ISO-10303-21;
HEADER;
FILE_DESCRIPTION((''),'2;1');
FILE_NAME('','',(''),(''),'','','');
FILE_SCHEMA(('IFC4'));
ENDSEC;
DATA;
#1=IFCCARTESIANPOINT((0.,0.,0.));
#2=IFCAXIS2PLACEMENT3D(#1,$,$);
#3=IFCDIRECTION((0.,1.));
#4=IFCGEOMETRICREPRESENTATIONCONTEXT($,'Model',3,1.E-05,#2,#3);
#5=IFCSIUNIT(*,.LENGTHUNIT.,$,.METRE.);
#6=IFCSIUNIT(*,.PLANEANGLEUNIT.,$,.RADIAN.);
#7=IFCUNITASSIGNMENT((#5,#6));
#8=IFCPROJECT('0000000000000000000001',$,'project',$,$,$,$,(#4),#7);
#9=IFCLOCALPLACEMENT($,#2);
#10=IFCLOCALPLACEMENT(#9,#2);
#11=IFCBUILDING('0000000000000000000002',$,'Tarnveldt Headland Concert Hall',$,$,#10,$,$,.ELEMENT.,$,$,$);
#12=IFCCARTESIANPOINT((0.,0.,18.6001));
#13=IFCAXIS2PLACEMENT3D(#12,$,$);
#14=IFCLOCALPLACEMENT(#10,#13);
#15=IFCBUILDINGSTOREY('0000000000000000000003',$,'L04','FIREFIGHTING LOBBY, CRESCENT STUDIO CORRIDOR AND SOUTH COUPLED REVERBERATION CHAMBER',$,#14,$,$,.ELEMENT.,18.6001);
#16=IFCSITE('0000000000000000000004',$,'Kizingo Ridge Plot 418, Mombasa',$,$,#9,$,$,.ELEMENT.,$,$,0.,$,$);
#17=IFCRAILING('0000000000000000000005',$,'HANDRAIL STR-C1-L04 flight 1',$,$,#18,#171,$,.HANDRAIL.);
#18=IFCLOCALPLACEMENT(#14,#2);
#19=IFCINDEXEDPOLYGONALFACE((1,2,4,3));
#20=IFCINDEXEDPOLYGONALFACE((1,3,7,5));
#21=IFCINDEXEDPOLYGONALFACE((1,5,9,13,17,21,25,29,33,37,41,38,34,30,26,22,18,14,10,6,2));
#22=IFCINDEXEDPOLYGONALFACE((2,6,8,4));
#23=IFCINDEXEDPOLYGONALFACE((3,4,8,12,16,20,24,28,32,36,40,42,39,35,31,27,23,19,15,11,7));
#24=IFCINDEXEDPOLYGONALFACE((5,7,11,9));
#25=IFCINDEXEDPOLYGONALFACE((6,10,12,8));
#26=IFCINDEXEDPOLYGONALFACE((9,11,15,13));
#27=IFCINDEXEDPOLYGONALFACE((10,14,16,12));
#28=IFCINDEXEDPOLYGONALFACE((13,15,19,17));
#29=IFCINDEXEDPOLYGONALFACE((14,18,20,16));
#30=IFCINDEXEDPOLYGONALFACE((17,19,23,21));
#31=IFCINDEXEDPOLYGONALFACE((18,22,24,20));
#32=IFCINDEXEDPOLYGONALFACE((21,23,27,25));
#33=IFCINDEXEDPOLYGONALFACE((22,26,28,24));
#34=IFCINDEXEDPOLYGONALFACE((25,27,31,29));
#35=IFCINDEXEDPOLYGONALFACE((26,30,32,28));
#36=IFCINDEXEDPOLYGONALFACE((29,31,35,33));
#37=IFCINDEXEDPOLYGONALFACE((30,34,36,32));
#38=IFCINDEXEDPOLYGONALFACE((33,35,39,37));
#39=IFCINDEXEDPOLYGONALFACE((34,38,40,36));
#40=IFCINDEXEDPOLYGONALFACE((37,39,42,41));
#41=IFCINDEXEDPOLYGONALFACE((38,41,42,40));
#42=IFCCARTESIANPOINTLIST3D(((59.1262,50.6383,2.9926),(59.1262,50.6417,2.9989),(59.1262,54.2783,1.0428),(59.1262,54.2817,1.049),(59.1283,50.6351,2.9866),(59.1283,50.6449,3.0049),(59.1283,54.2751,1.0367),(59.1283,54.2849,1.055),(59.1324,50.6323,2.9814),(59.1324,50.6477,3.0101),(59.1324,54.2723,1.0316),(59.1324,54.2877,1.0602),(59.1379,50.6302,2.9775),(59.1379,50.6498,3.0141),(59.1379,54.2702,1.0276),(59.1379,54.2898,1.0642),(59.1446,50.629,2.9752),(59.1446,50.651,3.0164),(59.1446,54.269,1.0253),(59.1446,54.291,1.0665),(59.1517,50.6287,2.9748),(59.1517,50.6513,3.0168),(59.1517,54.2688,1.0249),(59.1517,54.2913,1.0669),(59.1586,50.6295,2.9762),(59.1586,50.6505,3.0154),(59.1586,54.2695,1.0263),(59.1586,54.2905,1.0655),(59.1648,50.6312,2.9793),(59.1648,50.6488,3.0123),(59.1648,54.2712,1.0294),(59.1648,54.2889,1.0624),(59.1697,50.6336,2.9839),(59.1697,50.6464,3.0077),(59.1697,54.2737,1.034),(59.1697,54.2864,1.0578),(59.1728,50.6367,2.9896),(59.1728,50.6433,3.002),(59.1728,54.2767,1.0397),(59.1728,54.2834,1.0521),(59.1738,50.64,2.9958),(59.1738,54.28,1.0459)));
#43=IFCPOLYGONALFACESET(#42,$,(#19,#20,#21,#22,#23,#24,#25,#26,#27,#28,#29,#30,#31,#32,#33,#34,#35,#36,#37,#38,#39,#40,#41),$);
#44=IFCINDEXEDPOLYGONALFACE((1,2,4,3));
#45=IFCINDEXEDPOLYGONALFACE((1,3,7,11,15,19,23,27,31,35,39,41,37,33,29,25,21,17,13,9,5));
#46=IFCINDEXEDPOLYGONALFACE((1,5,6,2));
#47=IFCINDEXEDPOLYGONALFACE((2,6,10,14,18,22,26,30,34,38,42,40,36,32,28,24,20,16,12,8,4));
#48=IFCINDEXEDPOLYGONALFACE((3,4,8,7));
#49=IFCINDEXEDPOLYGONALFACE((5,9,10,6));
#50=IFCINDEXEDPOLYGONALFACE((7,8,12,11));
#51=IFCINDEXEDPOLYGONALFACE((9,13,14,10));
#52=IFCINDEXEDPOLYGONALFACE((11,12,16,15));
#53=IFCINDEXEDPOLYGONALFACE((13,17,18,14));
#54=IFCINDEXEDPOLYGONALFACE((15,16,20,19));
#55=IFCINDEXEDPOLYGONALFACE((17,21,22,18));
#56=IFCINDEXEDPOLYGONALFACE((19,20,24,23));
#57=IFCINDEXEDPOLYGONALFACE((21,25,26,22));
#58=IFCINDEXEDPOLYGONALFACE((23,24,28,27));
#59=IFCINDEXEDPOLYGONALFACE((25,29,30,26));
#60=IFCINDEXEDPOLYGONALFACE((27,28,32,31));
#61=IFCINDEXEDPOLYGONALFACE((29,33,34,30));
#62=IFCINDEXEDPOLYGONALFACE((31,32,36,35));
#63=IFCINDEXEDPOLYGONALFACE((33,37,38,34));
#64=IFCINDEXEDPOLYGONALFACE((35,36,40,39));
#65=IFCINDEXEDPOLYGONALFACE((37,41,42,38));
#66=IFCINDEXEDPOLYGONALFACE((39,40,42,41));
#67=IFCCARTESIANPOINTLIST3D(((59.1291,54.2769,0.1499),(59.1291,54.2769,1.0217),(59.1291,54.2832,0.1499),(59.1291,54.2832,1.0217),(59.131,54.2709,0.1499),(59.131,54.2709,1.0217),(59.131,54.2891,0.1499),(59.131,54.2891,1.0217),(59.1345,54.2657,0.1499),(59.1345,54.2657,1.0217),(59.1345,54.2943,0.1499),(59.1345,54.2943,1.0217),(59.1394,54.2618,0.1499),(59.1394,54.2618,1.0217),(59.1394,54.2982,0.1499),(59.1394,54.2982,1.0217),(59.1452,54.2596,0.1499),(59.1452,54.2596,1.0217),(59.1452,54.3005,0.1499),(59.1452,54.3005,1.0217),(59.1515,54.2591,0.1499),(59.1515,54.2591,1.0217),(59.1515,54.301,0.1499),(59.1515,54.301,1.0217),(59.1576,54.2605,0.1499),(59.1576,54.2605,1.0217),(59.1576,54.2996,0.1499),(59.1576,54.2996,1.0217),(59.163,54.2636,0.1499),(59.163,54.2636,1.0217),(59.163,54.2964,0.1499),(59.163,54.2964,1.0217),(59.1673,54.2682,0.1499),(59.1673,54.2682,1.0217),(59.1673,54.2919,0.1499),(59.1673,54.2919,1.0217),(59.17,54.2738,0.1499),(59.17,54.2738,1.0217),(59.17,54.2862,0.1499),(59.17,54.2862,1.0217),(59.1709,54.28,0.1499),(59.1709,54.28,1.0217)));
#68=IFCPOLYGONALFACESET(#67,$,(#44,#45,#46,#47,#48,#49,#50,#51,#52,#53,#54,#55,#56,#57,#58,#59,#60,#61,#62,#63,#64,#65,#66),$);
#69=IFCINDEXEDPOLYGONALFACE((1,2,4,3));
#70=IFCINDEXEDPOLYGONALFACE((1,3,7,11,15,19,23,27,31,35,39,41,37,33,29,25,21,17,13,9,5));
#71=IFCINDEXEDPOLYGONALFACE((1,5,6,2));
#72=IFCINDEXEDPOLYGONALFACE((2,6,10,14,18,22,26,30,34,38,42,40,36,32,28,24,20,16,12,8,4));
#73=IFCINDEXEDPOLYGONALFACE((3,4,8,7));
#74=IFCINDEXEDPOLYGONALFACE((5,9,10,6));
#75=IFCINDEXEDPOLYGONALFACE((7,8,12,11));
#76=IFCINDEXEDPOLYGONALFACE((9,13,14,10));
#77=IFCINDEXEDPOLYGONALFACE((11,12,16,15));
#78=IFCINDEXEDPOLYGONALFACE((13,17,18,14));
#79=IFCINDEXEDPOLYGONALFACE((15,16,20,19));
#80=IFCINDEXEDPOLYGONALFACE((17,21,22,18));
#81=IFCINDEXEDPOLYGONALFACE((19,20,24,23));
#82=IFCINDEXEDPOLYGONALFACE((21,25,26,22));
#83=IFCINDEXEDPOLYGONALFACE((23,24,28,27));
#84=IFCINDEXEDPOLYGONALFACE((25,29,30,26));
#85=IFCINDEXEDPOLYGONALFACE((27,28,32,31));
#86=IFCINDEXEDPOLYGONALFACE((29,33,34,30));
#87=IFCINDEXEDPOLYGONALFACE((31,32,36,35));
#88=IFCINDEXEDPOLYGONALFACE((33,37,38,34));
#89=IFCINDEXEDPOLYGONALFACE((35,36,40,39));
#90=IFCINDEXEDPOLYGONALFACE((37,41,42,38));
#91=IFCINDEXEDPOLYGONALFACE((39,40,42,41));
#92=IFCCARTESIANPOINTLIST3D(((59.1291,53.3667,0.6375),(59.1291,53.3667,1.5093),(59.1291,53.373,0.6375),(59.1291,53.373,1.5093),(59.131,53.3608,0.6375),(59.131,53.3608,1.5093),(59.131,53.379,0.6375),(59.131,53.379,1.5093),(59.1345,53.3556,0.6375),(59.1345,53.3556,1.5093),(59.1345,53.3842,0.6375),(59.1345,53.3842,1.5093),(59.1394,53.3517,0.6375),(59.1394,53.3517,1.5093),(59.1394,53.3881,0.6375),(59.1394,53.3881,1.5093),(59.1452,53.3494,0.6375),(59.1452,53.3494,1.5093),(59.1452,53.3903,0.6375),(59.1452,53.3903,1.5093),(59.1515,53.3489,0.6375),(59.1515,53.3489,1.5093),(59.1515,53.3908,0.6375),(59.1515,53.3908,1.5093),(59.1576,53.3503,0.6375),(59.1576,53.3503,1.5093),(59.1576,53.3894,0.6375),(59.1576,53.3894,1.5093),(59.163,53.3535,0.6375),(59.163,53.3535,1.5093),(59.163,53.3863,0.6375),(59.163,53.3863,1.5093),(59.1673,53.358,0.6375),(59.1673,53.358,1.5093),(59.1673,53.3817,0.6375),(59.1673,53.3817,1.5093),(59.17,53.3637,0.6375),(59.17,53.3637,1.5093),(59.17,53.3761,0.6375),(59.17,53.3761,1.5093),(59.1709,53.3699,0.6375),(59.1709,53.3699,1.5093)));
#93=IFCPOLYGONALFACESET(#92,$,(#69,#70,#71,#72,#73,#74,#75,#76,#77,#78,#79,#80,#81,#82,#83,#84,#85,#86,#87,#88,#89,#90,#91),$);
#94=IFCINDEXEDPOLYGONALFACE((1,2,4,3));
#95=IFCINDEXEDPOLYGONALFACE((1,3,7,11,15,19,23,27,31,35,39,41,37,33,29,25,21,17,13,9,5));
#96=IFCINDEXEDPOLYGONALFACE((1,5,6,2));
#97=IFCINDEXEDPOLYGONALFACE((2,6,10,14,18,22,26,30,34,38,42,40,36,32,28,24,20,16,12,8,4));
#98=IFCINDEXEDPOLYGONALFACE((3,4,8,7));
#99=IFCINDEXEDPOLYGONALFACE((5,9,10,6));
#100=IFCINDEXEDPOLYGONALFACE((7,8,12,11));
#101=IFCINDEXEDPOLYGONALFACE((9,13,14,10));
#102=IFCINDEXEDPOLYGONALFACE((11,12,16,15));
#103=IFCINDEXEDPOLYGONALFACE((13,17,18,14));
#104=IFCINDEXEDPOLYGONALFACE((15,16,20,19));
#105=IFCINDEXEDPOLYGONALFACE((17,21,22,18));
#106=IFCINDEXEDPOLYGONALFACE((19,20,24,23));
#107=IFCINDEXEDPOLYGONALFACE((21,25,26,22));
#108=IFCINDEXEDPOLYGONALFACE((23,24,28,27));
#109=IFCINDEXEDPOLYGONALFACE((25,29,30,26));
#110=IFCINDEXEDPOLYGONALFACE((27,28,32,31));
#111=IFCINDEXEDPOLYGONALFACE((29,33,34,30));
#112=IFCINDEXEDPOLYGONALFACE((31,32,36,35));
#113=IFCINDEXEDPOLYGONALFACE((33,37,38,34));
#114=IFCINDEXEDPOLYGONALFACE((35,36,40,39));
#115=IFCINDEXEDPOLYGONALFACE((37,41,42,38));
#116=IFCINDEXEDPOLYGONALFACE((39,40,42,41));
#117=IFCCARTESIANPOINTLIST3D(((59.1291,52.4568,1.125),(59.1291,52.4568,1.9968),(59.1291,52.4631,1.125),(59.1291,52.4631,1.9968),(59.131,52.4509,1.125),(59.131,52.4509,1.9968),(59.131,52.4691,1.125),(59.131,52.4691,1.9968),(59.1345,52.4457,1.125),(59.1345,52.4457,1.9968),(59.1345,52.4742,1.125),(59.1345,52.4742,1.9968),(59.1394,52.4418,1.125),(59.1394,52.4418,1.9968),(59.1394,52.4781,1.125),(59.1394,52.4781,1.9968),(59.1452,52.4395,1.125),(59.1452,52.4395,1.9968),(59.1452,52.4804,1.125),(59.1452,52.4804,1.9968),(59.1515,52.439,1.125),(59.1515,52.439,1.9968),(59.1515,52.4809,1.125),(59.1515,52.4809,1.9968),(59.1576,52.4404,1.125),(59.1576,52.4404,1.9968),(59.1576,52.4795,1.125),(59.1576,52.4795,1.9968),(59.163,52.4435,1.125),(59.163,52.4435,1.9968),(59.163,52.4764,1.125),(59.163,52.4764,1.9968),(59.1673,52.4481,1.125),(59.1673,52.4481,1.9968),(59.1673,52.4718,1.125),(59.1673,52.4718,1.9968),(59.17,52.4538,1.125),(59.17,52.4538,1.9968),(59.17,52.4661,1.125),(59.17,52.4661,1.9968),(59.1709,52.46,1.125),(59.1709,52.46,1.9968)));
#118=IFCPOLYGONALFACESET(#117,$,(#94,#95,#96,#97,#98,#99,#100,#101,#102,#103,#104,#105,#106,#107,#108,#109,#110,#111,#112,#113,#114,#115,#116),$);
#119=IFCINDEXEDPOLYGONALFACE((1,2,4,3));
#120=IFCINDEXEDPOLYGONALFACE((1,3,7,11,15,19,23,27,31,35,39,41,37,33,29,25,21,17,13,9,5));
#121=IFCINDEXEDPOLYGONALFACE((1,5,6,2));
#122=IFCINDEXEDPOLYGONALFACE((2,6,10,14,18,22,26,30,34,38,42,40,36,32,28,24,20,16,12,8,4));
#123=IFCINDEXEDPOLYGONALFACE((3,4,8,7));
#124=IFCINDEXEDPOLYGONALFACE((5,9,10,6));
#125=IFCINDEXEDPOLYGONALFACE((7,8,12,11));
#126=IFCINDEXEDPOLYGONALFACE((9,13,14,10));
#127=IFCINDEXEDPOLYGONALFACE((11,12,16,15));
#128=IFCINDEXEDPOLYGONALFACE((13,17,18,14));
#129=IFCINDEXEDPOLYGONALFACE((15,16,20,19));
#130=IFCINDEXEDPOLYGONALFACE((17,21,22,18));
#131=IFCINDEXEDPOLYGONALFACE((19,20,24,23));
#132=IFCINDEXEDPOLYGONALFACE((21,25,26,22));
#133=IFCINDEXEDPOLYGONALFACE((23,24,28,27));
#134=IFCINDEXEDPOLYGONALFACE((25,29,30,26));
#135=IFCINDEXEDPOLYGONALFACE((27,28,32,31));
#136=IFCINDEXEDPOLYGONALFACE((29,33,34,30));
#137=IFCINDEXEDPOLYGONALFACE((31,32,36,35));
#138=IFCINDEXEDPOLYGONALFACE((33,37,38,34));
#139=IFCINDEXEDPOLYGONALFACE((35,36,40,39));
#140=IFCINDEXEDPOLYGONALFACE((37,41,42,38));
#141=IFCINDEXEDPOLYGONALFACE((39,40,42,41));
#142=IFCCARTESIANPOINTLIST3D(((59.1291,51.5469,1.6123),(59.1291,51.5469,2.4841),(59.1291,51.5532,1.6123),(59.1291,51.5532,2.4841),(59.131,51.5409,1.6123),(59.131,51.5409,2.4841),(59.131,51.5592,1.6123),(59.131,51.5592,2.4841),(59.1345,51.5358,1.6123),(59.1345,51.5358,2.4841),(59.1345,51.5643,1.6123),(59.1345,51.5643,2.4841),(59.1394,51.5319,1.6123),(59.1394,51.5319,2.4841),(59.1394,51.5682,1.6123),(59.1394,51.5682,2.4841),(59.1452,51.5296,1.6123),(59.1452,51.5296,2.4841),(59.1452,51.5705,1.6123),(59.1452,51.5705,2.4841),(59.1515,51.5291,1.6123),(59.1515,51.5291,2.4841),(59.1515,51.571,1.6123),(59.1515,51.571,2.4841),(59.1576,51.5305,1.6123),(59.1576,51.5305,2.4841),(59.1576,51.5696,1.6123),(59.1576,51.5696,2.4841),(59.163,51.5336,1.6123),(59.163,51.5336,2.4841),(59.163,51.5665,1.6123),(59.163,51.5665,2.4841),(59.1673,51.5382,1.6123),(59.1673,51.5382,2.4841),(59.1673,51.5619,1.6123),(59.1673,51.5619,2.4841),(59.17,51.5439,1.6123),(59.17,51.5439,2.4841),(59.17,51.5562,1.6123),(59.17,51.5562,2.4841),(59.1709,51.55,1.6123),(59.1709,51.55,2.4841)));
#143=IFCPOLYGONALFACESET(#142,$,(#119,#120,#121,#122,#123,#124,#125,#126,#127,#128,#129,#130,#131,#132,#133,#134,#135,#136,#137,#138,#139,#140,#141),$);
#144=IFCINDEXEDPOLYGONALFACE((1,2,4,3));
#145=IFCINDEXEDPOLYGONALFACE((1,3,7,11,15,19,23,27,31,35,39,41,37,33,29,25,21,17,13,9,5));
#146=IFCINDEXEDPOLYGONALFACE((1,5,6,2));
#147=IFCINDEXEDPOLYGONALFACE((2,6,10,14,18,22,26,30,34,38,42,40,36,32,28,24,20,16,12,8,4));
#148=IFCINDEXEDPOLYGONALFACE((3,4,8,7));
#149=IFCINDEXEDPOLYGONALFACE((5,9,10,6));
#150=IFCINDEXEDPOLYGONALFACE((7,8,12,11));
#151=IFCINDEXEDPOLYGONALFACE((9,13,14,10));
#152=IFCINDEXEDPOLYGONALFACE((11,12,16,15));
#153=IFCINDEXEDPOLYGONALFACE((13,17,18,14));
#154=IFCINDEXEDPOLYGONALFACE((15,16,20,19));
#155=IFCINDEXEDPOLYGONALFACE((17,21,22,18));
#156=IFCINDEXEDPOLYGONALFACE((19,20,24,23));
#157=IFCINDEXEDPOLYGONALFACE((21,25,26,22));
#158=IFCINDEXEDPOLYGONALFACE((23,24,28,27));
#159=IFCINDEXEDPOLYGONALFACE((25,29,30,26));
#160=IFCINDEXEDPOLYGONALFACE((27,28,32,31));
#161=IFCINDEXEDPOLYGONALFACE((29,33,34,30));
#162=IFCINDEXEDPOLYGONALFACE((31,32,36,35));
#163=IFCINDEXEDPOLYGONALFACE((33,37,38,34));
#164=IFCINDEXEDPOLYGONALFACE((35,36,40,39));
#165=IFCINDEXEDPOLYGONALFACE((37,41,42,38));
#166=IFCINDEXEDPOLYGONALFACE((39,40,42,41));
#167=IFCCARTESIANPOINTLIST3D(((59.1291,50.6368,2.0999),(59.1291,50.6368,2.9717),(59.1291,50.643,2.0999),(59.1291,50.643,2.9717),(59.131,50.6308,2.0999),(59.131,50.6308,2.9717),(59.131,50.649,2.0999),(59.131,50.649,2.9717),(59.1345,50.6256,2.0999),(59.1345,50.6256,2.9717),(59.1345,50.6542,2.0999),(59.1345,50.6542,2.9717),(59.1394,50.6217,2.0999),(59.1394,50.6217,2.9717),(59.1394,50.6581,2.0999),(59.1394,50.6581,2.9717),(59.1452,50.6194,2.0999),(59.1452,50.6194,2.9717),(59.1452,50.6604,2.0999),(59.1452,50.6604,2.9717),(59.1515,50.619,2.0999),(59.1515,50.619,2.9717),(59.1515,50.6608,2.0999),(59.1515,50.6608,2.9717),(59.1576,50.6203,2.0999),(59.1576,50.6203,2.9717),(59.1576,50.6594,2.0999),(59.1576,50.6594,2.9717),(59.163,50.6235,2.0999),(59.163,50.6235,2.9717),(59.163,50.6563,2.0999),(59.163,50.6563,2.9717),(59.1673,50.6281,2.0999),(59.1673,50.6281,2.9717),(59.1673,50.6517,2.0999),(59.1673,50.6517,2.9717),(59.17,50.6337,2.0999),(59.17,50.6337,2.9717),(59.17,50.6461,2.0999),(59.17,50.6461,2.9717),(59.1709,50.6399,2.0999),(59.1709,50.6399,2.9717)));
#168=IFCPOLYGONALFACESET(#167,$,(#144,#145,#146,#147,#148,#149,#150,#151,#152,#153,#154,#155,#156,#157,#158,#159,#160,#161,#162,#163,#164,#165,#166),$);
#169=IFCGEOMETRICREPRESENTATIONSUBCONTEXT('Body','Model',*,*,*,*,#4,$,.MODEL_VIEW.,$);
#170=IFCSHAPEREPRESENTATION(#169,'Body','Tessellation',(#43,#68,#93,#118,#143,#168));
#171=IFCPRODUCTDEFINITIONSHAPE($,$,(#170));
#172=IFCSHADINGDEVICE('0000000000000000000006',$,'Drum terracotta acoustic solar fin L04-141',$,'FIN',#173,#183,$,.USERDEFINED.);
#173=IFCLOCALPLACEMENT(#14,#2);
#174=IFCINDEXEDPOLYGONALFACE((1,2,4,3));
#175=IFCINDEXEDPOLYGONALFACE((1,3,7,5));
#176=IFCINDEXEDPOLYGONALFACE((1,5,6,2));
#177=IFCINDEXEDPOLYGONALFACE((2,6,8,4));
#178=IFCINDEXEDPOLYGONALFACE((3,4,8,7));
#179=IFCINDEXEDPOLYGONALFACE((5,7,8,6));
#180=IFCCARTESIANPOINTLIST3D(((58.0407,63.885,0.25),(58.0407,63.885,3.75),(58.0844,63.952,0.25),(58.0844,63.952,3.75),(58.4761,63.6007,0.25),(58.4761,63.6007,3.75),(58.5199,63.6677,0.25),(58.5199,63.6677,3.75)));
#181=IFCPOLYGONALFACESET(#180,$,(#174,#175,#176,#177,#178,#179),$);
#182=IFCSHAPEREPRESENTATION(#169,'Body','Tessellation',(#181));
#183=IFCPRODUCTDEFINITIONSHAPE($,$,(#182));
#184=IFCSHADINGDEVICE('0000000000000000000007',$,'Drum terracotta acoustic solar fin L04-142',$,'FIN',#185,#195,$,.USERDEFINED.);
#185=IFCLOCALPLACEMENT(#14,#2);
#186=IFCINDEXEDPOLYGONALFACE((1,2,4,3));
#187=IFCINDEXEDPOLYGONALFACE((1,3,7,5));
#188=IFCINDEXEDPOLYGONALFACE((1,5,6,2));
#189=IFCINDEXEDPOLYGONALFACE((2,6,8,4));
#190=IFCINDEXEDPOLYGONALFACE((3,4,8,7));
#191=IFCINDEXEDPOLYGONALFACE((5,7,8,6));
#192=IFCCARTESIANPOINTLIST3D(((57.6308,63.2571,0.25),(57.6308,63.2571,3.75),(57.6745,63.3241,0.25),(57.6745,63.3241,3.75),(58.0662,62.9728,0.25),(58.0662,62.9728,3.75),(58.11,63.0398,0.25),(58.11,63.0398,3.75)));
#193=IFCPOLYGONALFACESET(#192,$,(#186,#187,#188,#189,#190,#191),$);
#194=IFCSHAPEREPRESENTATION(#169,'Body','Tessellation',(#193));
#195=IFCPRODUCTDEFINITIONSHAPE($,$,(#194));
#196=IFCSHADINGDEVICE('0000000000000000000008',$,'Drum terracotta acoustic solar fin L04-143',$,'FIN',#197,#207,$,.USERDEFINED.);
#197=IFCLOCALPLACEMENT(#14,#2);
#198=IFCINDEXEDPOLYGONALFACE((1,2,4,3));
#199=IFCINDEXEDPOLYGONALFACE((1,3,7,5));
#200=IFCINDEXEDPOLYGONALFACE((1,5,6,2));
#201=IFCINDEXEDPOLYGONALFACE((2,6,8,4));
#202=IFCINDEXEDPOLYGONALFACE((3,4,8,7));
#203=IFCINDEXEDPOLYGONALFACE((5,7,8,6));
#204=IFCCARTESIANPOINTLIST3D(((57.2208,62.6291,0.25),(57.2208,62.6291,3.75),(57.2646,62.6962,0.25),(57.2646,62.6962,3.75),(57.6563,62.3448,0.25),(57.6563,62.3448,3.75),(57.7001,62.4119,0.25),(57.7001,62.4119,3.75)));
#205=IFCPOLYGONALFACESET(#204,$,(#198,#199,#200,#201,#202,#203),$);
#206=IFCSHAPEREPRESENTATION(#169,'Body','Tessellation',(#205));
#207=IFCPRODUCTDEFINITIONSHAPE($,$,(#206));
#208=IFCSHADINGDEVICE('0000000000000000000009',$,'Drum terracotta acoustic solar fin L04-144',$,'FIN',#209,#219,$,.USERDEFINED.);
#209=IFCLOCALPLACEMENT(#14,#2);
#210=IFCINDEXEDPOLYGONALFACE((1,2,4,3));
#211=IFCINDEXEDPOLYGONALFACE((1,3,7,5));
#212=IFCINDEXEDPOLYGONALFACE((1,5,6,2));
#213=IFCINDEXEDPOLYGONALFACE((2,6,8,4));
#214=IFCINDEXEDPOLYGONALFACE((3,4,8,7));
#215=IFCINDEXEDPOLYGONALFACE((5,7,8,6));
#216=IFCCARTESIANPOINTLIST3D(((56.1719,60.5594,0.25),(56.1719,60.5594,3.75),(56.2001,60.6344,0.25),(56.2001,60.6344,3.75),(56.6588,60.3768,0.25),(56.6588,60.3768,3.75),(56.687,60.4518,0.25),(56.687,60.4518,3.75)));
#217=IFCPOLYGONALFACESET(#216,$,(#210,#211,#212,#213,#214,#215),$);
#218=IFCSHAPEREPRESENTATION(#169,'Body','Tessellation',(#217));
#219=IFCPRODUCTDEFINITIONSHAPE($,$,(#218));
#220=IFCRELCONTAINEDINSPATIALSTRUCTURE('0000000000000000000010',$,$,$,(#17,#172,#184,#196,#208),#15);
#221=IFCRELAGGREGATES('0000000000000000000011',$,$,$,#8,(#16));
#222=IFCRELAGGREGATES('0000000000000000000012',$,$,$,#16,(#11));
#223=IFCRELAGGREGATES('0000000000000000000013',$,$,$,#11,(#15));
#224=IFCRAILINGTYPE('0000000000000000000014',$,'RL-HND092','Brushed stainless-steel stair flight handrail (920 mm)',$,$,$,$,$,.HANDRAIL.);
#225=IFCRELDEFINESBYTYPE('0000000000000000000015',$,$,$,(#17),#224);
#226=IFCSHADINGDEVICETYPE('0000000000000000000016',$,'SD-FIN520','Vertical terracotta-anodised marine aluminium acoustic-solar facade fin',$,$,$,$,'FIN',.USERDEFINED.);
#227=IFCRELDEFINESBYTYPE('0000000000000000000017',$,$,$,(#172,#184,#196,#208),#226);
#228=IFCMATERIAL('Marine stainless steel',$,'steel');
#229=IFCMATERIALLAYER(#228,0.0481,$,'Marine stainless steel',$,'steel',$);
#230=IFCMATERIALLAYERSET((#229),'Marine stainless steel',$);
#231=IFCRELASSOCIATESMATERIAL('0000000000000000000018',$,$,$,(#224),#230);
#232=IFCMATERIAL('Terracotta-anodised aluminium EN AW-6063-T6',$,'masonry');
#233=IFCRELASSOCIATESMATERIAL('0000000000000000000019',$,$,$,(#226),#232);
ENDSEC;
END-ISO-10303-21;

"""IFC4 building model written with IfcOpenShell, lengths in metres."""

from ifc_helpers import new_model, si_unit, direction, frame, origin, origin_2d, place, context, subcontext, project, spatial, rectangle, circle, extrude, material, layer, layer_set, type_object, element, save


model = new_model("IFC4")

# Units and contexts
model_context = context("Model", 3, precision=1e-05, world=origin(), true_north=direction((0.0, 1.0)))
body_context = subcontext(model_context, "Body", "Model", "MODEL_VIEW")
ifc_project = project(units=[si_unit("LENGTHUNIT", "METRE"), si_unit("PLANEANGLEUNIT", "RADIAN")], contexts=[model_context])

# Site, building, storey
site_placement = place(None, origin())
site = spatial("IfcSite", under=ifc_project, at=site_placement, Name="Kizingo Ridge Plot 418, Mombasa", CompositionType="ELEMENT", RefElevation=0.0)
building_placement = place(site_placement, origin())
building = spatial("IfcBuilding", under=site, at=building_placement, Name="Tarnveldt Headland Concert Hall", CompositionType="ELEMENT")
storey_placement = place(building_placement, frame((0.0, 0.0, 18.6001)))
storey = spatial("IfcBuildingStorey", under=building, at=storey_placement, Name="L04", Description="FIREFIGHTING LOBBY, CRESCENT STUDIO CORRIDOR AND SOUTH COUPLED REVERBERATION CHAMBER", CompositionType="ELEMENT", Elevation=18.6001)

# Railing
ifc_material_1 = material(Name="Marine stainless steel", Category="steel")
ifc_layer_1 = layer(ifc_material_1, 0.0481, Name="Marine stainless steel", Category="steel")
ifc_layer_set_1 = layer_set([ifc_layer_1], Name="Marine stainless steel")
railing_type = type_object("IfcRailingType", Name="RL-HND092", Description="Brushed stainless-steel stair flight handrail (920 mm)", PredefinedType="HANDRAIL", material=ifc_layer_set_1)
railing_placement = place(storey_placement, frame((59.1499, 54.28, 0.1499)))
element("IfcRailing", 1, at=railing_placement, inside=storey, type_object=railing_type, Name="HANDRAIL STR-C1-L04 flight 1", PredefinedType="HANDRAIL", context=body_context, shape_type="SweptSolid", body=[
    extrude(circle(Radius=0.0239, at=origin_2d()), frame((0.0, 0.0, 0.896), z_axis=(0.0, -0.881492, 0.472198), x_axis=(1.0, 0.0, 0.0)), (0.0, 0.0, 1.0), 4.1294),
    extrude(circle(Radius=0.021, at=origin_2d()), origin(), (0.0, 0.0, 1.0), 0.8718),
    extrude(circle(Radius=0.021, at=origin_2d()), frame((0.0, -0.9102, 0.4875)), (0.0, 0.0, 1.0), 0.8718),
    extrude(circle(Radius=0.021, at=origin_2d()), frame((0.0, -1.8201, 0.9751)), (0.0, 0.0, 1.0), 0.8718),
    extrude(circle(Radius=0.021, at=origin_2d()), frame((0.0, -2.73, 1.4624)), (0.0, 0.0, 1.0), 0.8718),
    extrude(circle(Radius=0.021, at=origin_2d()), frame((0.0, -3.6401, 1.95)), (0.0, 0.0, 1.0), 0.8718),
])

# Shading devices
ifc_material_2 = material(Name="Terracotta-anodised aluminium EN AW-6063-T6", Category="masonry")
shading_device_type = type_object("IfcShadingDeviceType", Name="SD-FIN520", Description="Vertical terracotta-anodised marine aluminium acoustic-solar facade fin", ElementType="FIN", PredefinedType="USERDEFINED", material=ifc_material_2)
for number, where, z_axis, x_axis, name in (
    (2, (58.2803, 63.7764, 0.25), (0.0, 0.0, 1.0), (-0.837337, 0.546687, 0.0), "Drum terracotta acoustic solar fin L04-141"),
    (3, (57.8704, 63.1484, 0.25), (0.0, 0.0, 1.0), (-0.837337, 0.546687, 0.0), "Drum terracotta acoustic solar fin L04-142"),
    (4, (57.4604, 62.5205, 0.25), (0.0, 0.0, 1.0), (-0.837337, 0.546687, 0.0), "Drum terracotta acoustic solar fin L04-143"),
    (5, (56.4294, 60.5056, 0.25), (0.0, 0.0, 1.0), (-0.936305, 0.351188, 0.0), "Drum terracotta acoustic solar fin L04-144"),
):
    element("IfcShadingDevice", number, at=place(storey_placement, frame(where, z_axis=z_axis, x_axis=x_axis)), inside=storey, type_object=shading_device_type, Name=name, ObjectType="FIN", PredefinedType="USERDEFINED", context=body_context, shape_type="SweptSolid", body=[
        extrude(rectangle(XDim=0.52, YDim=0.0801, at=origin_2d()), origin(), (0.0, 0.0, 1.0), 3.5),
    ])

save(model, "model.ifc")
